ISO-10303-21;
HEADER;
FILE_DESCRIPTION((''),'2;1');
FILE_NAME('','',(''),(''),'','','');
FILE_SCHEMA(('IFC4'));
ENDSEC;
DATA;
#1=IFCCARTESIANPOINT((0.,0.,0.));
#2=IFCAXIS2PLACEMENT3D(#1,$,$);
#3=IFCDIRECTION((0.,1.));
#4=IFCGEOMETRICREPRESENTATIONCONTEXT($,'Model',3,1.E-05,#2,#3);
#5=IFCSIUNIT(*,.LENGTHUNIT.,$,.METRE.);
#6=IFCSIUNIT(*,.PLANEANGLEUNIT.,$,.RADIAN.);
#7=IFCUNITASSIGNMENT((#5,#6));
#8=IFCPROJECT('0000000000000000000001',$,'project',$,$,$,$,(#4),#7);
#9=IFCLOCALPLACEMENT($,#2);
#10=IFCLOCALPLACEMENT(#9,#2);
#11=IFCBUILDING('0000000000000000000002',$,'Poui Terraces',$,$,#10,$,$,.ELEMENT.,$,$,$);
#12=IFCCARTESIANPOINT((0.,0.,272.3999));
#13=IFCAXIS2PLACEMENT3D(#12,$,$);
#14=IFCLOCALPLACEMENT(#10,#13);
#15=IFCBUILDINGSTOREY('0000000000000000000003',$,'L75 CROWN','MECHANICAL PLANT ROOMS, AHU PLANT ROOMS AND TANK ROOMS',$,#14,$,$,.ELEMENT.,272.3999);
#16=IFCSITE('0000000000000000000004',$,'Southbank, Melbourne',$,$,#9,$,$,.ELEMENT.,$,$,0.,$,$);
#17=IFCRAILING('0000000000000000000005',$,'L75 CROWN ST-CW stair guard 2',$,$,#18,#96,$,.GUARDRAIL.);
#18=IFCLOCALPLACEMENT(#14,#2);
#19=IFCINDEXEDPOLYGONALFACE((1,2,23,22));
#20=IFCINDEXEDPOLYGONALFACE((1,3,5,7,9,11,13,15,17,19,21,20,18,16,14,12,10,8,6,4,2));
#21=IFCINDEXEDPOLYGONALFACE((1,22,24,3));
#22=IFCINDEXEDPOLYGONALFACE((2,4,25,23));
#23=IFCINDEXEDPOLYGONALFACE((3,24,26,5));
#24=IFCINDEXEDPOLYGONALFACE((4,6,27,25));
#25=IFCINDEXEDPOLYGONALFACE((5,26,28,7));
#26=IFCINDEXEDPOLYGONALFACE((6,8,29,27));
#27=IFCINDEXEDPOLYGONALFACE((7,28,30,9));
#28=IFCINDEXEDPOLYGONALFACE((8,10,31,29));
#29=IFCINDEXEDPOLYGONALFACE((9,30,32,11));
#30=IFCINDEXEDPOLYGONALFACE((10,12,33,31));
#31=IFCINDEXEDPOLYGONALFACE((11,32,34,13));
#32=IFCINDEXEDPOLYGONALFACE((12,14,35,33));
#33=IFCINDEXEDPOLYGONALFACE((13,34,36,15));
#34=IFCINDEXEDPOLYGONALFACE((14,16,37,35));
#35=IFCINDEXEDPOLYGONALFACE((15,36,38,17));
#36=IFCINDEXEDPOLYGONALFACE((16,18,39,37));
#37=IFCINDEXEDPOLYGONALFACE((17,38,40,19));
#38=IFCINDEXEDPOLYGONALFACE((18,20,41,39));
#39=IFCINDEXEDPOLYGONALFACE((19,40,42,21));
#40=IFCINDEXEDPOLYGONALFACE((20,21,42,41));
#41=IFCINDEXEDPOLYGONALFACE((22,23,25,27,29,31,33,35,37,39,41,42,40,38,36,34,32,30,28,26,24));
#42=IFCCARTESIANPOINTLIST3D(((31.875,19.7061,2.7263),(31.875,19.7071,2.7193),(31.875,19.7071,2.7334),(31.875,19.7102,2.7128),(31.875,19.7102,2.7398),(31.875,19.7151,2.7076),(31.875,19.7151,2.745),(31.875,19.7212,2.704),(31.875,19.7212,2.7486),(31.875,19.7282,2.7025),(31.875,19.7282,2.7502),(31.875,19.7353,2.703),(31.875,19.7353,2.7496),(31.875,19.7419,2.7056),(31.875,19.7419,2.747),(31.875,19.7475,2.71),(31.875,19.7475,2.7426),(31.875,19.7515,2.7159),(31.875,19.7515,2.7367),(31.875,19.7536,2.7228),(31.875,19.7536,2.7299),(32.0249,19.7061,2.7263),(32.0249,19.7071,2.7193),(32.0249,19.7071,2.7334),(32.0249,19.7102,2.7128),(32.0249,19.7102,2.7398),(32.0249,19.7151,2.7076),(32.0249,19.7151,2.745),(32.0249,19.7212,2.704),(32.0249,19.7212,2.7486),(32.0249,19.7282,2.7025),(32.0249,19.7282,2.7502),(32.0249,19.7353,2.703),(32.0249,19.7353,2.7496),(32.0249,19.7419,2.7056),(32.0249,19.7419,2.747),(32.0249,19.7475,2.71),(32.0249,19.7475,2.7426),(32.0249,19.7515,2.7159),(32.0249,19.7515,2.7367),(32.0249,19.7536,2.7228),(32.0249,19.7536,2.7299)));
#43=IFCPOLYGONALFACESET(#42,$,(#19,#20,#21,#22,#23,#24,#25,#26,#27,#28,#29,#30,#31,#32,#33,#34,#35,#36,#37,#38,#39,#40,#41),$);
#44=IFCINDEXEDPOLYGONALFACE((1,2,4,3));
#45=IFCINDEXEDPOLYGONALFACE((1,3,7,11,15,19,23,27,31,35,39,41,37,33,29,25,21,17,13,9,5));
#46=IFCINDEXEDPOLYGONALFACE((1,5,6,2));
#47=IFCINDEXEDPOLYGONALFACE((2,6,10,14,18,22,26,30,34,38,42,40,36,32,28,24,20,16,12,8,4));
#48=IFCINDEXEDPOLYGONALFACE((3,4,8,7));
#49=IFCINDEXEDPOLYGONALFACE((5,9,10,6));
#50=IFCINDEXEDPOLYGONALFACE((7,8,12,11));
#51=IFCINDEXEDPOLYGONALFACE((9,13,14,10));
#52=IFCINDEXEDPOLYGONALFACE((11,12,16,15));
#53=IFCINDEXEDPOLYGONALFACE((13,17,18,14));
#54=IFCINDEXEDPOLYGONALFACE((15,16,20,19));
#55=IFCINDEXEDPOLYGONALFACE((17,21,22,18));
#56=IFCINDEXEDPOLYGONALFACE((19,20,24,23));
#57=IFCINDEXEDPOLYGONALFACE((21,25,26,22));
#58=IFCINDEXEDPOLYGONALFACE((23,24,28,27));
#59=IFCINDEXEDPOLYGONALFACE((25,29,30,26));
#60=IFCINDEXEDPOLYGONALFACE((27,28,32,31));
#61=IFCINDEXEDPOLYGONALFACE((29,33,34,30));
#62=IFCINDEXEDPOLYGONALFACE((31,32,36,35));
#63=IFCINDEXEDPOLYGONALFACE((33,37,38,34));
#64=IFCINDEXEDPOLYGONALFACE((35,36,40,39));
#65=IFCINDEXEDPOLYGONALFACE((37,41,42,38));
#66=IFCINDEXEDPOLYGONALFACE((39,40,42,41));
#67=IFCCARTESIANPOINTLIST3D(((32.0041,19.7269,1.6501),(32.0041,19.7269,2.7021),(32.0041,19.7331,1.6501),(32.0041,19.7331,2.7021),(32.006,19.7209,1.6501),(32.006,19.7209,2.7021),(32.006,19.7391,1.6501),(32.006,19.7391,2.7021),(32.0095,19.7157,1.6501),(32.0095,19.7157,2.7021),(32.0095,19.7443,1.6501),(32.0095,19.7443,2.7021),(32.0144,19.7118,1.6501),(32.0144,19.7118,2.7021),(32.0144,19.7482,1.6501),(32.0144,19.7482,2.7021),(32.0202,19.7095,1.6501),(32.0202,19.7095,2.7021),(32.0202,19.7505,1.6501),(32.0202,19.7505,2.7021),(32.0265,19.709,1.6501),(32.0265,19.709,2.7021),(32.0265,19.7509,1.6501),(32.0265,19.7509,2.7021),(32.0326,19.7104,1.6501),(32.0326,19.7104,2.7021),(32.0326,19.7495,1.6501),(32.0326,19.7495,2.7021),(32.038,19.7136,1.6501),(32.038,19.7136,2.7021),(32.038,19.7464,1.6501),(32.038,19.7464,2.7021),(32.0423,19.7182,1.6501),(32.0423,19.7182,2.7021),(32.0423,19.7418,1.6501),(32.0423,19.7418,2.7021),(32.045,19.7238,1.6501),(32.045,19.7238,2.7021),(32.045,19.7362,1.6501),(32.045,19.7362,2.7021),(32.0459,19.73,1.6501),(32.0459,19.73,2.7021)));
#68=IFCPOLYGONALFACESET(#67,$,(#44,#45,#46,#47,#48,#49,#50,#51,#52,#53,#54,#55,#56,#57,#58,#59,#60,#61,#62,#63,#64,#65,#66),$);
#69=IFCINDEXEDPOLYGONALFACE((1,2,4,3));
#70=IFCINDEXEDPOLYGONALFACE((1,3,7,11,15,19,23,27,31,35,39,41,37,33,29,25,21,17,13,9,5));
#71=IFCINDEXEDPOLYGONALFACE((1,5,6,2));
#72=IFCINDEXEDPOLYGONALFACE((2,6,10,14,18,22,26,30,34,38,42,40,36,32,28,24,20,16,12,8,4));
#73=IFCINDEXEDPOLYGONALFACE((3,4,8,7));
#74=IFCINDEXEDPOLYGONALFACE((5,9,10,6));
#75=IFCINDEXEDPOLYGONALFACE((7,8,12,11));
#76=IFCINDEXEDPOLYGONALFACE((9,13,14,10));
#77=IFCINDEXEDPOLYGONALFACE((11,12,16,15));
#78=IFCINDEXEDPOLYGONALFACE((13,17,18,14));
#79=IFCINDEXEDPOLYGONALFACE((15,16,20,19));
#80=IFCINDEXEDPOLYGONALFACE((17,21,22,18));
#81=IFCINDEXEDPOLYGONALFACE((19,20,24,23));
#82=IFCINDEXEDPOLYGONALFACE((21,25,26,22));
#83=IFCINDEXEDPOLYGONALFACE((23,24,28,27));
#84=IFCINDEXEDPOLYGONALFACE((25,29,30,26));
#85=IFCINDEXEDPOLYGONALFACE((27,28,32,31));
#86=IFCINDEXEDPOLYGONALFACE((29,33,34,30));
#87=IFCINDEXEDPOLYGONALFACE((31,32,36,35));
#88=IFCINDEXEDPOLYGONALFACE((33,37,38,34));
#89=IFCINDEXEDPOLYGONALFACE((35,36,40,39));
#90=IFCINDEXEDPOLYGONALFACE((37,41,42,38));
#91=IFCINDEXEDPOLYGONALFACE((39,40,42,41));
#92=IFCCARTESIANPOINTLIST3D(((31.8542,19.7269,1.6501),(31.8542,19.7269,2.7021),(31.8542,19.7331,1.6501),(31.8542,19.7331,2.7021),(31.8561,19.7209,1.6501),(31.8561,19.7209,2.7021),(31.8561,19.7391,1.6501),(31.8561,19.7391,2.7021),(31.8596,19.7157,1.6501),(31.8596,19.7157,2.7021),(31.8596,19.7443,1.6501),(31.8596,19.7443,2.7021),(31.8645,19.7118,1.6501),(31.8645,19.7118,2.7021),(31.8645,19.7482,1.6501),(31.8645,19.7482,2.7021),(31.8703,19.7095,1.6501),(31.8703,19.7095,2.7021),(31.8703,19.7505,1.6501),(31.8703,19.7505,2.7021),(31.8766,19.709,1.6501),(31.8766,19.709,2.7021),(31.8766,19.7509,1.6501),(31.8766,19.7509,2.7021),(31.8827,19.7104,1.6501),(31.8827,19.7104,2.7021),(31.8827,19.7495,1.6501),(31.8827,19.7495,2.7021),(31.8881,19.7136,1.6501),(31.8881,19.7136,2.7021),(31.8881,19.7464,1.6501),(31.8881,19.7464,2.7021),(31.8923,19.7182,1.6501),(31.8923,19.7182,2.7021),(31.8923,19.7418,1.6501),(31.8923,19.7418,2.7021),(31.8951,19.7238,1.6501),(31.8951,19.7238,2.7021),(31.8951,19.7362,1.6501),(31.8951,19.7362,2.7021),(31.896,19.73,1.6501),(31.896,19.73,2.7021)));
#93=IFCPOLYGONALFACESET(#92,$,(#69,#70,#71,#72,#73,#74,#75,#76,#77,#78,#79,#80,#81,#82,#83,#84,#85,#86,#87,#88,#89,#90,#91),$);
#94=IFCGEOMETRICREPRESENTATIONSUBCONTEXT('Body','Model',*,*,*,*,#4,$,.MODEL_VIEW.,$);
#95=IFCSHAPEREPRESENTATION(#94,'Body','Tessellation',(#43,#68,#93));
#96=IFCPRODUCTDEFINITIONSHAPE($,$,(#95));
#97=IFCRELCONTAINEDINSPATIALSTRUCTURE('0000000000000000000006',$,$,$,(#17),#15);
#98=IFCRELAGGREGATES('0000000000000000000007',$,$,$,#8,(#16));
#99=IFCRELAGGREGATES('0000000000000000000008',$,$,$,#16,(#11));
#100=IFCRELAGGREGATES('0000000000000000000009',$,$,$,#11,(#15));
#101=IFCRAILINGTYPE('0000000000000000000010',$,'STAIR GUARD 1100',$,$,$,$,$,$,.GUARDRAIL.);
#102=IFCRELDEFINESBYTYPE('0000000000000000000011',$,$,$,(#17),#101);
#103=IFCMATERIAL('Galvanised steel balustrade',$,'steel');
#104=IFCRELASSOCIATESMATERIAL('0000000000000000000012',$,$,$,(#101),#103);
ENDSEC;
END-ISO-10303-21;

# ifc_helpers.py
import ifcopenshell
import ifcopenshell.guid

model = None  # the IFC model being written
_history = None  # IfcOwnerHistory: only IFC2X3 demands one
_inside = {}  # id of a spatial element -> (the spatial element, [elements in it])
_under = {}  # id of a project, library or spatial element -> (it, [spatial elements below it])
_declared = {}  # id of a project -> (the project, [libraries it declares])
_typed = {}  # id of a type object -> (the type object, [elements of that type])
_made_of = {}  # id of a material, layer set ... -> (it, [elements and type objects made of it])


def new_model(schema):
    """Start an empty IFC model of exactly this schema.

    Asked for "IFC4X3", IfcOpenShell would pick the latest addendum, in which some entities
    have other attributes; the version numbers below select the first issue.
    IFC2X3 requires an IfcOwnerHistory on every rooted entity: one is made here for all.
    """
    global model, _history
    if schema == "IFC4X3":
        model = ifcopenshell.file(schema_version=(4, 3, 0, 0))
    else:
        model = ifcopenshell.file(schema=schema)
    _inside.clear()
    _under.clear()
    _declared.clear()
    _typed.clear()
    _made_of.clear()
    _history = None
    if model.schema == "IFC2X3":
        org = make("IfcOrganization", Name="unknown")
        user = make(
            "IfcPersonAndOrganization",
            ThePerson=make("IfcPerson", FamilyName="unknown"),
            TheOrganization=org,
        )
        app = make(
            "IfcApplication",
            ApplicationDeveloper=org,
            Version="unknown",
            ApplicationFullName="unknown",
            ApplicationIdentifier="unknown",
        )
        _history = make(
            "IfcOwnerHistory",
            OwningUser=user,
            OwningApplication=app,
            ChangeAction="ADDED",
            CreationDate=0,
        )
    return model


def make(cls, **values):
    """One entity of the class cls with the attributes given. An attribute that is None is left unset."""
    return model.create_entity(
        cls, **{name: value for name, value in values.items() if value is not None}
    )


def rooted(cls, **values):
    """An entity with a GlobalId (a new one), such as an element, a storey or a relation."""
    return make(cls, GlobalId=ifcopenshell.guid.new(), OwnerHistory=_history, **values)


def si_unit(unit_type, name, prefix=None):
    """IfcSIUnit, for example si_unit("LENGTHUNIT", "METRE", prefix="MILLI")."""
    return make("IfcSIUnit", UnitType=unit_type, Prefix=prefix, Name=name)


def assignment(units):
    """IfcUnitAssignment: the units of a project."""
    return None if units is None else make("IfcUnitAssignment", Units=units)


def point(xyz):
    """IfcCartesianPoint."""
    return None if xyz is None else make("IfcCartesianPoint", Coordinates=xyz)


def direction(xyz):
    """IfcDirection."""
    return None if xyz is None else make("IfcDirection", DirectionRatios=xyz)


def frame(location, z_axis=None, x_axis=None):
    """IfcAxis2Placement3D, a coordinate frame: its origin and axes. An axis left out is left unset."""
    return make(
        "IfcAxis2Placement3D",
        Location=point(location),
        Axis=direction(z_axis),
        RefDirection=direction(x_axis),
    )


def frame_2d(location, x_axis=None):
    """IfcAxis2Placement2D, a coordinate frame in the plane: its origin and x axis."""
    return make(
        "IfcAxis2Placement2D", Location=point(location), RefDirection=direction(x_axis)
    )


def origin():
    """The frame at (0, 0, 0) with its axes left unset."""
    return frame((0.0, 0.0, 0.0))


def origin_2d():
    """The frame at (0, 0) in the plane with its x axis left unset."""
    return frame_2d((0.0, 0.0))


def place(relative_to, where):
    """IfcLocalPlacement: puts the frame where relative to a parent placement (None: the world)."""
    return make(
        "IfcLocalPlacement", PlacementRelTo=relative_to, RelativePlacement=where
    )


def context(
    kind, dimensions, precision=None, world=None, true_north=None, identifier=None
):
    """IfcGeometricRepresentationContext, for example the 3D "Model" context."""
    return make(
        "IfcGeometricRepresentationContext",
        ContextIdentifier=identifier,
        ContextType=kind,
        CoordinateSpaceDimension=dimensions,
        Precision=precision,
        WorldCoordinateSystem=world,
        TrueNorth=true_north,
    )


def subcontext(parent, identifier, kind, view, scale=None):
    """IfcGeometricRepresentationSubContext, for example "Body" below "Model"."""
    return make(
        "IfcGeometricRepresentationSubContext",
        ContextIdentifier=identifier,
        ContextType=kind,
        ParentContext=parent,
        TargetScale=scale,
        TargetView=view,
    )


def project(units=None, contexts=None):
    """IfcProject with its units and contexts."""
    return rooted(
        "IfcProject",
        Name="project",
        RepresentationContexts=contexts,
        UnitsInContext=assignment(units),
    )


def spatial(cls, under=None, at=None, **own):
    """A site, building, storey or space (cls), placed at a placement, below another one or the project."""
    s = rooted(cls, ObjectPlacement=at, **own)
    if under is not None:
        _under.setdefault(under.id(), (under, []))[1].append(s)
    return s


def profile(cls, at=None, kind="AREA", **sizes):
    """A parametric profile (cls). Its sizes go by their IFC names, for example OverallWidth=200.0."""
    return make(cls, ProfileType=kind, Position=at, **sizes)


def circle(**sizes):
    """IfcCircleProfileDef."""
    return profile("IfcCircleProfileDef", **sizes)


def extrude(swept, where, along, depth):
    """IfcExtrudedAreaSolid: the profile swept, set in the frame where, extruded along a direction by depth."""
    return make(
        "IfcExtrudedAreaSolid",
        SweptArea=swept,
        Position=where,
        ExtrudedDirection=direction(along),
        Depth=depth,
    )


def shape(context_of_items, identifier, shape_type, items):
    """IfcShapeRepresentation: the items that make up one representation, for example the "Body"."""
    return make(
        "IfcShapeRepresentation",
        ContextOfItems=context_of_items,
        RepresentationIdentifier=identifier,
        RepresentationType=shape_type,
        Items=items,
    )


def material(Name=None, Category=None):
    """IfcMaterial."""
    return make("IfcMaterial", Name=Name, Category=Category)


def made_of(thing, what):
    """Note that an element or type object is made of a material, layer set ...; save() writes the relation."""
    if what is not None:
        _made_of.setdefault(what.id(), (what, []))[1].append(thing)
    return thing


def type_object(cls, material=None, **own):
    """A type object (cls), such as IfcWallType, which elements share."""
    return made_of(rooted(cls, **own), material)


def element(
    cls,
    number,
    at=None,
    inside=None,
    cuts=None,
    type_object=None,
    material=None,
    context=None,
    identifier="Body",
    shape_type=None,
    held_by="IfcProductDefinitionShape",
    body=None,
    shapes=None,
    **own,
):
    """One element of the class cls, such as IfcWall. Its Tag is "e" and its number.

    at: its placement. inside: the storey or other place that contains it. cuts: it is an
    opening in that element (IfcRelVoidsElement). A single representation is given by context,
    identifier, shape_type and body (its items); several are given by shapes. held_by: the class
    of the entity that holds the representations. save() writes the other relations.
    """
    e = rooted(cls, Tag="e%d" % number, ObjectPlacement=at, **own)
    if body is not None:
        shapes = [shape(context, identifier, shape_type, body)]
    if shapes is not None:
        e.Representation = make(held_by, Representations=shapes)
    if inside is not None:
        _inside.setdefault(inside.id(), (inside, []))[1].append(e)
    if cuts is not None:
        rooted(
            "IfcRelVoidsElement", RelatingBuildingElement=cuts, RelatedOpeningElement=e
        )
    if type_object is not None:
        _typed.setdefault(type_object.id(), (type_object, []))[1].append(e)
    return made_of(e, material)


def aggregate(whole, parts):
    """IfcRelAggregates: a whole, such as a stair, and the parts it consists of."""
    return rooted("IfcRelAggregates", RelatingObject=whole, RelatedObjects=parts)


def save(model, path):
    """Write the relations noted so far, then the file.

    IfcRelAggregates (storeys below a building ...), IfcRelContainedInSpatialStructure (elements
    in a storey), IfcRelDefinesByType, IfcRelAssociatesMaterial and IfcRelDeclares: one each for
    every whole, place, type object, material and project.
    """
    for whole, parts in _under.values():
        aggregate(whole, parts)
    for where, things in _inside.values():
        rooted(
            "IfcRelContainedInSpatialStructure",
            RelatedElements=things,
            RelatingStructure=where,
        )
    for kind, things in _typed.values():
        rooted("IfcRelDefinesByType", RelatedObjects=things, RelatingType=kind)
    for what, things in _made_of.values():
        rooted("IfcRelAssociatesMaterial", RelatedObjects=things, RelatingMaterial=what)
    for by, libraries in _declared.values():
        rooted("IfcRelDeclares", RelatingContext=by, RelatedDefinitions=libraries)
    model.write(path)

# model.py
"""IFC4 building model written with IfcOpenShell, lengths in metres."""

from ifc_helpers import new_model, si_unit, direction, frame, origin, origin_2d, place, context, subcontext, project, spatial, circle, extrude, material, type_object, element, save


model = new_model("IFC4")

# Units and contexts
model_context = context("Model", 3, precision=1e-05, world=origin(), true_north=direction((0.0, 1.0)))
body_context = subcontext(model_context, "Body", "Model", "MODEL_VIEW")
ifc_project = project(units=[si_unit("LENGTHUNIT", "METRE"), si_unit("PLANEANGLEUNIT", "RADIAN")], contexts=[model_context])

# Site, building, storey
site_placement = place(None, origin())
site = spatial("IfcSite", under=ifc_project, at=site_placement, Name="Southbank, Melbourne", CompositionType="ELEMENT", RefElevation=0.0)
building_placement = place(site_placement, origin())
building = spatial("IfcBuilding", under=site, at=building_placement, Name="Poui Terraces", CompositionType="ELEMENT")
storey_placement = place(building_placement, frame((0.0, 0.0, 272.3999)))
storey = spatial("IfcBuildingStorey", under=building, at=storey_placement, Name="L75 CROWN", Description="MECHANICAL PLANT ROOMS, AHU PLANT ROOMS AND TANK ROOMS", CompositionType="ELEMENT", Elevation=272.3999)

# Railing
ifc_material_1 = material(Name="Galvanised steel balustrade", Category="steel")
railing_type_1 = type_object("IfcRailingType", Name="STAIR GUARD 1100", PredefinedType="GUARDRAIL", material=ifc_material_1)
railing_1_placement = place(storey_placement, frame((32.0249, 19.73, 1.6501)))
element("IfcRailing", 1, at=railing_1_placement, inside=storey, type_object=railing_type_1, Name="L75 CROWN ST-CW stair guard 2", PredefinedType="GUARDRAIL", context=body_context, shape_type="SweptSolid", body=[
    extrude(circle(Radius=0.0239, at=origin_2d()), frame((0.0, 0.0, 1.0762), z_axis=(-1.0, 0.0, 0.0), x_axis=(0.0, -1.0, 0.0)), (0.0, 0.0, 1.0), 0.1499),
    extrude(circle(Radius=0.021, at=origin_2d()), origin(), (0.0, 0.0, 1.0), 1.052),
    extrude(circle(Radius=0.021, at=origin_2d()), frame((-0.1499, 0.0, 0.0)), (0.0, 0.0, 1.0), 1.052),
])

save(model, "model.ifc")
